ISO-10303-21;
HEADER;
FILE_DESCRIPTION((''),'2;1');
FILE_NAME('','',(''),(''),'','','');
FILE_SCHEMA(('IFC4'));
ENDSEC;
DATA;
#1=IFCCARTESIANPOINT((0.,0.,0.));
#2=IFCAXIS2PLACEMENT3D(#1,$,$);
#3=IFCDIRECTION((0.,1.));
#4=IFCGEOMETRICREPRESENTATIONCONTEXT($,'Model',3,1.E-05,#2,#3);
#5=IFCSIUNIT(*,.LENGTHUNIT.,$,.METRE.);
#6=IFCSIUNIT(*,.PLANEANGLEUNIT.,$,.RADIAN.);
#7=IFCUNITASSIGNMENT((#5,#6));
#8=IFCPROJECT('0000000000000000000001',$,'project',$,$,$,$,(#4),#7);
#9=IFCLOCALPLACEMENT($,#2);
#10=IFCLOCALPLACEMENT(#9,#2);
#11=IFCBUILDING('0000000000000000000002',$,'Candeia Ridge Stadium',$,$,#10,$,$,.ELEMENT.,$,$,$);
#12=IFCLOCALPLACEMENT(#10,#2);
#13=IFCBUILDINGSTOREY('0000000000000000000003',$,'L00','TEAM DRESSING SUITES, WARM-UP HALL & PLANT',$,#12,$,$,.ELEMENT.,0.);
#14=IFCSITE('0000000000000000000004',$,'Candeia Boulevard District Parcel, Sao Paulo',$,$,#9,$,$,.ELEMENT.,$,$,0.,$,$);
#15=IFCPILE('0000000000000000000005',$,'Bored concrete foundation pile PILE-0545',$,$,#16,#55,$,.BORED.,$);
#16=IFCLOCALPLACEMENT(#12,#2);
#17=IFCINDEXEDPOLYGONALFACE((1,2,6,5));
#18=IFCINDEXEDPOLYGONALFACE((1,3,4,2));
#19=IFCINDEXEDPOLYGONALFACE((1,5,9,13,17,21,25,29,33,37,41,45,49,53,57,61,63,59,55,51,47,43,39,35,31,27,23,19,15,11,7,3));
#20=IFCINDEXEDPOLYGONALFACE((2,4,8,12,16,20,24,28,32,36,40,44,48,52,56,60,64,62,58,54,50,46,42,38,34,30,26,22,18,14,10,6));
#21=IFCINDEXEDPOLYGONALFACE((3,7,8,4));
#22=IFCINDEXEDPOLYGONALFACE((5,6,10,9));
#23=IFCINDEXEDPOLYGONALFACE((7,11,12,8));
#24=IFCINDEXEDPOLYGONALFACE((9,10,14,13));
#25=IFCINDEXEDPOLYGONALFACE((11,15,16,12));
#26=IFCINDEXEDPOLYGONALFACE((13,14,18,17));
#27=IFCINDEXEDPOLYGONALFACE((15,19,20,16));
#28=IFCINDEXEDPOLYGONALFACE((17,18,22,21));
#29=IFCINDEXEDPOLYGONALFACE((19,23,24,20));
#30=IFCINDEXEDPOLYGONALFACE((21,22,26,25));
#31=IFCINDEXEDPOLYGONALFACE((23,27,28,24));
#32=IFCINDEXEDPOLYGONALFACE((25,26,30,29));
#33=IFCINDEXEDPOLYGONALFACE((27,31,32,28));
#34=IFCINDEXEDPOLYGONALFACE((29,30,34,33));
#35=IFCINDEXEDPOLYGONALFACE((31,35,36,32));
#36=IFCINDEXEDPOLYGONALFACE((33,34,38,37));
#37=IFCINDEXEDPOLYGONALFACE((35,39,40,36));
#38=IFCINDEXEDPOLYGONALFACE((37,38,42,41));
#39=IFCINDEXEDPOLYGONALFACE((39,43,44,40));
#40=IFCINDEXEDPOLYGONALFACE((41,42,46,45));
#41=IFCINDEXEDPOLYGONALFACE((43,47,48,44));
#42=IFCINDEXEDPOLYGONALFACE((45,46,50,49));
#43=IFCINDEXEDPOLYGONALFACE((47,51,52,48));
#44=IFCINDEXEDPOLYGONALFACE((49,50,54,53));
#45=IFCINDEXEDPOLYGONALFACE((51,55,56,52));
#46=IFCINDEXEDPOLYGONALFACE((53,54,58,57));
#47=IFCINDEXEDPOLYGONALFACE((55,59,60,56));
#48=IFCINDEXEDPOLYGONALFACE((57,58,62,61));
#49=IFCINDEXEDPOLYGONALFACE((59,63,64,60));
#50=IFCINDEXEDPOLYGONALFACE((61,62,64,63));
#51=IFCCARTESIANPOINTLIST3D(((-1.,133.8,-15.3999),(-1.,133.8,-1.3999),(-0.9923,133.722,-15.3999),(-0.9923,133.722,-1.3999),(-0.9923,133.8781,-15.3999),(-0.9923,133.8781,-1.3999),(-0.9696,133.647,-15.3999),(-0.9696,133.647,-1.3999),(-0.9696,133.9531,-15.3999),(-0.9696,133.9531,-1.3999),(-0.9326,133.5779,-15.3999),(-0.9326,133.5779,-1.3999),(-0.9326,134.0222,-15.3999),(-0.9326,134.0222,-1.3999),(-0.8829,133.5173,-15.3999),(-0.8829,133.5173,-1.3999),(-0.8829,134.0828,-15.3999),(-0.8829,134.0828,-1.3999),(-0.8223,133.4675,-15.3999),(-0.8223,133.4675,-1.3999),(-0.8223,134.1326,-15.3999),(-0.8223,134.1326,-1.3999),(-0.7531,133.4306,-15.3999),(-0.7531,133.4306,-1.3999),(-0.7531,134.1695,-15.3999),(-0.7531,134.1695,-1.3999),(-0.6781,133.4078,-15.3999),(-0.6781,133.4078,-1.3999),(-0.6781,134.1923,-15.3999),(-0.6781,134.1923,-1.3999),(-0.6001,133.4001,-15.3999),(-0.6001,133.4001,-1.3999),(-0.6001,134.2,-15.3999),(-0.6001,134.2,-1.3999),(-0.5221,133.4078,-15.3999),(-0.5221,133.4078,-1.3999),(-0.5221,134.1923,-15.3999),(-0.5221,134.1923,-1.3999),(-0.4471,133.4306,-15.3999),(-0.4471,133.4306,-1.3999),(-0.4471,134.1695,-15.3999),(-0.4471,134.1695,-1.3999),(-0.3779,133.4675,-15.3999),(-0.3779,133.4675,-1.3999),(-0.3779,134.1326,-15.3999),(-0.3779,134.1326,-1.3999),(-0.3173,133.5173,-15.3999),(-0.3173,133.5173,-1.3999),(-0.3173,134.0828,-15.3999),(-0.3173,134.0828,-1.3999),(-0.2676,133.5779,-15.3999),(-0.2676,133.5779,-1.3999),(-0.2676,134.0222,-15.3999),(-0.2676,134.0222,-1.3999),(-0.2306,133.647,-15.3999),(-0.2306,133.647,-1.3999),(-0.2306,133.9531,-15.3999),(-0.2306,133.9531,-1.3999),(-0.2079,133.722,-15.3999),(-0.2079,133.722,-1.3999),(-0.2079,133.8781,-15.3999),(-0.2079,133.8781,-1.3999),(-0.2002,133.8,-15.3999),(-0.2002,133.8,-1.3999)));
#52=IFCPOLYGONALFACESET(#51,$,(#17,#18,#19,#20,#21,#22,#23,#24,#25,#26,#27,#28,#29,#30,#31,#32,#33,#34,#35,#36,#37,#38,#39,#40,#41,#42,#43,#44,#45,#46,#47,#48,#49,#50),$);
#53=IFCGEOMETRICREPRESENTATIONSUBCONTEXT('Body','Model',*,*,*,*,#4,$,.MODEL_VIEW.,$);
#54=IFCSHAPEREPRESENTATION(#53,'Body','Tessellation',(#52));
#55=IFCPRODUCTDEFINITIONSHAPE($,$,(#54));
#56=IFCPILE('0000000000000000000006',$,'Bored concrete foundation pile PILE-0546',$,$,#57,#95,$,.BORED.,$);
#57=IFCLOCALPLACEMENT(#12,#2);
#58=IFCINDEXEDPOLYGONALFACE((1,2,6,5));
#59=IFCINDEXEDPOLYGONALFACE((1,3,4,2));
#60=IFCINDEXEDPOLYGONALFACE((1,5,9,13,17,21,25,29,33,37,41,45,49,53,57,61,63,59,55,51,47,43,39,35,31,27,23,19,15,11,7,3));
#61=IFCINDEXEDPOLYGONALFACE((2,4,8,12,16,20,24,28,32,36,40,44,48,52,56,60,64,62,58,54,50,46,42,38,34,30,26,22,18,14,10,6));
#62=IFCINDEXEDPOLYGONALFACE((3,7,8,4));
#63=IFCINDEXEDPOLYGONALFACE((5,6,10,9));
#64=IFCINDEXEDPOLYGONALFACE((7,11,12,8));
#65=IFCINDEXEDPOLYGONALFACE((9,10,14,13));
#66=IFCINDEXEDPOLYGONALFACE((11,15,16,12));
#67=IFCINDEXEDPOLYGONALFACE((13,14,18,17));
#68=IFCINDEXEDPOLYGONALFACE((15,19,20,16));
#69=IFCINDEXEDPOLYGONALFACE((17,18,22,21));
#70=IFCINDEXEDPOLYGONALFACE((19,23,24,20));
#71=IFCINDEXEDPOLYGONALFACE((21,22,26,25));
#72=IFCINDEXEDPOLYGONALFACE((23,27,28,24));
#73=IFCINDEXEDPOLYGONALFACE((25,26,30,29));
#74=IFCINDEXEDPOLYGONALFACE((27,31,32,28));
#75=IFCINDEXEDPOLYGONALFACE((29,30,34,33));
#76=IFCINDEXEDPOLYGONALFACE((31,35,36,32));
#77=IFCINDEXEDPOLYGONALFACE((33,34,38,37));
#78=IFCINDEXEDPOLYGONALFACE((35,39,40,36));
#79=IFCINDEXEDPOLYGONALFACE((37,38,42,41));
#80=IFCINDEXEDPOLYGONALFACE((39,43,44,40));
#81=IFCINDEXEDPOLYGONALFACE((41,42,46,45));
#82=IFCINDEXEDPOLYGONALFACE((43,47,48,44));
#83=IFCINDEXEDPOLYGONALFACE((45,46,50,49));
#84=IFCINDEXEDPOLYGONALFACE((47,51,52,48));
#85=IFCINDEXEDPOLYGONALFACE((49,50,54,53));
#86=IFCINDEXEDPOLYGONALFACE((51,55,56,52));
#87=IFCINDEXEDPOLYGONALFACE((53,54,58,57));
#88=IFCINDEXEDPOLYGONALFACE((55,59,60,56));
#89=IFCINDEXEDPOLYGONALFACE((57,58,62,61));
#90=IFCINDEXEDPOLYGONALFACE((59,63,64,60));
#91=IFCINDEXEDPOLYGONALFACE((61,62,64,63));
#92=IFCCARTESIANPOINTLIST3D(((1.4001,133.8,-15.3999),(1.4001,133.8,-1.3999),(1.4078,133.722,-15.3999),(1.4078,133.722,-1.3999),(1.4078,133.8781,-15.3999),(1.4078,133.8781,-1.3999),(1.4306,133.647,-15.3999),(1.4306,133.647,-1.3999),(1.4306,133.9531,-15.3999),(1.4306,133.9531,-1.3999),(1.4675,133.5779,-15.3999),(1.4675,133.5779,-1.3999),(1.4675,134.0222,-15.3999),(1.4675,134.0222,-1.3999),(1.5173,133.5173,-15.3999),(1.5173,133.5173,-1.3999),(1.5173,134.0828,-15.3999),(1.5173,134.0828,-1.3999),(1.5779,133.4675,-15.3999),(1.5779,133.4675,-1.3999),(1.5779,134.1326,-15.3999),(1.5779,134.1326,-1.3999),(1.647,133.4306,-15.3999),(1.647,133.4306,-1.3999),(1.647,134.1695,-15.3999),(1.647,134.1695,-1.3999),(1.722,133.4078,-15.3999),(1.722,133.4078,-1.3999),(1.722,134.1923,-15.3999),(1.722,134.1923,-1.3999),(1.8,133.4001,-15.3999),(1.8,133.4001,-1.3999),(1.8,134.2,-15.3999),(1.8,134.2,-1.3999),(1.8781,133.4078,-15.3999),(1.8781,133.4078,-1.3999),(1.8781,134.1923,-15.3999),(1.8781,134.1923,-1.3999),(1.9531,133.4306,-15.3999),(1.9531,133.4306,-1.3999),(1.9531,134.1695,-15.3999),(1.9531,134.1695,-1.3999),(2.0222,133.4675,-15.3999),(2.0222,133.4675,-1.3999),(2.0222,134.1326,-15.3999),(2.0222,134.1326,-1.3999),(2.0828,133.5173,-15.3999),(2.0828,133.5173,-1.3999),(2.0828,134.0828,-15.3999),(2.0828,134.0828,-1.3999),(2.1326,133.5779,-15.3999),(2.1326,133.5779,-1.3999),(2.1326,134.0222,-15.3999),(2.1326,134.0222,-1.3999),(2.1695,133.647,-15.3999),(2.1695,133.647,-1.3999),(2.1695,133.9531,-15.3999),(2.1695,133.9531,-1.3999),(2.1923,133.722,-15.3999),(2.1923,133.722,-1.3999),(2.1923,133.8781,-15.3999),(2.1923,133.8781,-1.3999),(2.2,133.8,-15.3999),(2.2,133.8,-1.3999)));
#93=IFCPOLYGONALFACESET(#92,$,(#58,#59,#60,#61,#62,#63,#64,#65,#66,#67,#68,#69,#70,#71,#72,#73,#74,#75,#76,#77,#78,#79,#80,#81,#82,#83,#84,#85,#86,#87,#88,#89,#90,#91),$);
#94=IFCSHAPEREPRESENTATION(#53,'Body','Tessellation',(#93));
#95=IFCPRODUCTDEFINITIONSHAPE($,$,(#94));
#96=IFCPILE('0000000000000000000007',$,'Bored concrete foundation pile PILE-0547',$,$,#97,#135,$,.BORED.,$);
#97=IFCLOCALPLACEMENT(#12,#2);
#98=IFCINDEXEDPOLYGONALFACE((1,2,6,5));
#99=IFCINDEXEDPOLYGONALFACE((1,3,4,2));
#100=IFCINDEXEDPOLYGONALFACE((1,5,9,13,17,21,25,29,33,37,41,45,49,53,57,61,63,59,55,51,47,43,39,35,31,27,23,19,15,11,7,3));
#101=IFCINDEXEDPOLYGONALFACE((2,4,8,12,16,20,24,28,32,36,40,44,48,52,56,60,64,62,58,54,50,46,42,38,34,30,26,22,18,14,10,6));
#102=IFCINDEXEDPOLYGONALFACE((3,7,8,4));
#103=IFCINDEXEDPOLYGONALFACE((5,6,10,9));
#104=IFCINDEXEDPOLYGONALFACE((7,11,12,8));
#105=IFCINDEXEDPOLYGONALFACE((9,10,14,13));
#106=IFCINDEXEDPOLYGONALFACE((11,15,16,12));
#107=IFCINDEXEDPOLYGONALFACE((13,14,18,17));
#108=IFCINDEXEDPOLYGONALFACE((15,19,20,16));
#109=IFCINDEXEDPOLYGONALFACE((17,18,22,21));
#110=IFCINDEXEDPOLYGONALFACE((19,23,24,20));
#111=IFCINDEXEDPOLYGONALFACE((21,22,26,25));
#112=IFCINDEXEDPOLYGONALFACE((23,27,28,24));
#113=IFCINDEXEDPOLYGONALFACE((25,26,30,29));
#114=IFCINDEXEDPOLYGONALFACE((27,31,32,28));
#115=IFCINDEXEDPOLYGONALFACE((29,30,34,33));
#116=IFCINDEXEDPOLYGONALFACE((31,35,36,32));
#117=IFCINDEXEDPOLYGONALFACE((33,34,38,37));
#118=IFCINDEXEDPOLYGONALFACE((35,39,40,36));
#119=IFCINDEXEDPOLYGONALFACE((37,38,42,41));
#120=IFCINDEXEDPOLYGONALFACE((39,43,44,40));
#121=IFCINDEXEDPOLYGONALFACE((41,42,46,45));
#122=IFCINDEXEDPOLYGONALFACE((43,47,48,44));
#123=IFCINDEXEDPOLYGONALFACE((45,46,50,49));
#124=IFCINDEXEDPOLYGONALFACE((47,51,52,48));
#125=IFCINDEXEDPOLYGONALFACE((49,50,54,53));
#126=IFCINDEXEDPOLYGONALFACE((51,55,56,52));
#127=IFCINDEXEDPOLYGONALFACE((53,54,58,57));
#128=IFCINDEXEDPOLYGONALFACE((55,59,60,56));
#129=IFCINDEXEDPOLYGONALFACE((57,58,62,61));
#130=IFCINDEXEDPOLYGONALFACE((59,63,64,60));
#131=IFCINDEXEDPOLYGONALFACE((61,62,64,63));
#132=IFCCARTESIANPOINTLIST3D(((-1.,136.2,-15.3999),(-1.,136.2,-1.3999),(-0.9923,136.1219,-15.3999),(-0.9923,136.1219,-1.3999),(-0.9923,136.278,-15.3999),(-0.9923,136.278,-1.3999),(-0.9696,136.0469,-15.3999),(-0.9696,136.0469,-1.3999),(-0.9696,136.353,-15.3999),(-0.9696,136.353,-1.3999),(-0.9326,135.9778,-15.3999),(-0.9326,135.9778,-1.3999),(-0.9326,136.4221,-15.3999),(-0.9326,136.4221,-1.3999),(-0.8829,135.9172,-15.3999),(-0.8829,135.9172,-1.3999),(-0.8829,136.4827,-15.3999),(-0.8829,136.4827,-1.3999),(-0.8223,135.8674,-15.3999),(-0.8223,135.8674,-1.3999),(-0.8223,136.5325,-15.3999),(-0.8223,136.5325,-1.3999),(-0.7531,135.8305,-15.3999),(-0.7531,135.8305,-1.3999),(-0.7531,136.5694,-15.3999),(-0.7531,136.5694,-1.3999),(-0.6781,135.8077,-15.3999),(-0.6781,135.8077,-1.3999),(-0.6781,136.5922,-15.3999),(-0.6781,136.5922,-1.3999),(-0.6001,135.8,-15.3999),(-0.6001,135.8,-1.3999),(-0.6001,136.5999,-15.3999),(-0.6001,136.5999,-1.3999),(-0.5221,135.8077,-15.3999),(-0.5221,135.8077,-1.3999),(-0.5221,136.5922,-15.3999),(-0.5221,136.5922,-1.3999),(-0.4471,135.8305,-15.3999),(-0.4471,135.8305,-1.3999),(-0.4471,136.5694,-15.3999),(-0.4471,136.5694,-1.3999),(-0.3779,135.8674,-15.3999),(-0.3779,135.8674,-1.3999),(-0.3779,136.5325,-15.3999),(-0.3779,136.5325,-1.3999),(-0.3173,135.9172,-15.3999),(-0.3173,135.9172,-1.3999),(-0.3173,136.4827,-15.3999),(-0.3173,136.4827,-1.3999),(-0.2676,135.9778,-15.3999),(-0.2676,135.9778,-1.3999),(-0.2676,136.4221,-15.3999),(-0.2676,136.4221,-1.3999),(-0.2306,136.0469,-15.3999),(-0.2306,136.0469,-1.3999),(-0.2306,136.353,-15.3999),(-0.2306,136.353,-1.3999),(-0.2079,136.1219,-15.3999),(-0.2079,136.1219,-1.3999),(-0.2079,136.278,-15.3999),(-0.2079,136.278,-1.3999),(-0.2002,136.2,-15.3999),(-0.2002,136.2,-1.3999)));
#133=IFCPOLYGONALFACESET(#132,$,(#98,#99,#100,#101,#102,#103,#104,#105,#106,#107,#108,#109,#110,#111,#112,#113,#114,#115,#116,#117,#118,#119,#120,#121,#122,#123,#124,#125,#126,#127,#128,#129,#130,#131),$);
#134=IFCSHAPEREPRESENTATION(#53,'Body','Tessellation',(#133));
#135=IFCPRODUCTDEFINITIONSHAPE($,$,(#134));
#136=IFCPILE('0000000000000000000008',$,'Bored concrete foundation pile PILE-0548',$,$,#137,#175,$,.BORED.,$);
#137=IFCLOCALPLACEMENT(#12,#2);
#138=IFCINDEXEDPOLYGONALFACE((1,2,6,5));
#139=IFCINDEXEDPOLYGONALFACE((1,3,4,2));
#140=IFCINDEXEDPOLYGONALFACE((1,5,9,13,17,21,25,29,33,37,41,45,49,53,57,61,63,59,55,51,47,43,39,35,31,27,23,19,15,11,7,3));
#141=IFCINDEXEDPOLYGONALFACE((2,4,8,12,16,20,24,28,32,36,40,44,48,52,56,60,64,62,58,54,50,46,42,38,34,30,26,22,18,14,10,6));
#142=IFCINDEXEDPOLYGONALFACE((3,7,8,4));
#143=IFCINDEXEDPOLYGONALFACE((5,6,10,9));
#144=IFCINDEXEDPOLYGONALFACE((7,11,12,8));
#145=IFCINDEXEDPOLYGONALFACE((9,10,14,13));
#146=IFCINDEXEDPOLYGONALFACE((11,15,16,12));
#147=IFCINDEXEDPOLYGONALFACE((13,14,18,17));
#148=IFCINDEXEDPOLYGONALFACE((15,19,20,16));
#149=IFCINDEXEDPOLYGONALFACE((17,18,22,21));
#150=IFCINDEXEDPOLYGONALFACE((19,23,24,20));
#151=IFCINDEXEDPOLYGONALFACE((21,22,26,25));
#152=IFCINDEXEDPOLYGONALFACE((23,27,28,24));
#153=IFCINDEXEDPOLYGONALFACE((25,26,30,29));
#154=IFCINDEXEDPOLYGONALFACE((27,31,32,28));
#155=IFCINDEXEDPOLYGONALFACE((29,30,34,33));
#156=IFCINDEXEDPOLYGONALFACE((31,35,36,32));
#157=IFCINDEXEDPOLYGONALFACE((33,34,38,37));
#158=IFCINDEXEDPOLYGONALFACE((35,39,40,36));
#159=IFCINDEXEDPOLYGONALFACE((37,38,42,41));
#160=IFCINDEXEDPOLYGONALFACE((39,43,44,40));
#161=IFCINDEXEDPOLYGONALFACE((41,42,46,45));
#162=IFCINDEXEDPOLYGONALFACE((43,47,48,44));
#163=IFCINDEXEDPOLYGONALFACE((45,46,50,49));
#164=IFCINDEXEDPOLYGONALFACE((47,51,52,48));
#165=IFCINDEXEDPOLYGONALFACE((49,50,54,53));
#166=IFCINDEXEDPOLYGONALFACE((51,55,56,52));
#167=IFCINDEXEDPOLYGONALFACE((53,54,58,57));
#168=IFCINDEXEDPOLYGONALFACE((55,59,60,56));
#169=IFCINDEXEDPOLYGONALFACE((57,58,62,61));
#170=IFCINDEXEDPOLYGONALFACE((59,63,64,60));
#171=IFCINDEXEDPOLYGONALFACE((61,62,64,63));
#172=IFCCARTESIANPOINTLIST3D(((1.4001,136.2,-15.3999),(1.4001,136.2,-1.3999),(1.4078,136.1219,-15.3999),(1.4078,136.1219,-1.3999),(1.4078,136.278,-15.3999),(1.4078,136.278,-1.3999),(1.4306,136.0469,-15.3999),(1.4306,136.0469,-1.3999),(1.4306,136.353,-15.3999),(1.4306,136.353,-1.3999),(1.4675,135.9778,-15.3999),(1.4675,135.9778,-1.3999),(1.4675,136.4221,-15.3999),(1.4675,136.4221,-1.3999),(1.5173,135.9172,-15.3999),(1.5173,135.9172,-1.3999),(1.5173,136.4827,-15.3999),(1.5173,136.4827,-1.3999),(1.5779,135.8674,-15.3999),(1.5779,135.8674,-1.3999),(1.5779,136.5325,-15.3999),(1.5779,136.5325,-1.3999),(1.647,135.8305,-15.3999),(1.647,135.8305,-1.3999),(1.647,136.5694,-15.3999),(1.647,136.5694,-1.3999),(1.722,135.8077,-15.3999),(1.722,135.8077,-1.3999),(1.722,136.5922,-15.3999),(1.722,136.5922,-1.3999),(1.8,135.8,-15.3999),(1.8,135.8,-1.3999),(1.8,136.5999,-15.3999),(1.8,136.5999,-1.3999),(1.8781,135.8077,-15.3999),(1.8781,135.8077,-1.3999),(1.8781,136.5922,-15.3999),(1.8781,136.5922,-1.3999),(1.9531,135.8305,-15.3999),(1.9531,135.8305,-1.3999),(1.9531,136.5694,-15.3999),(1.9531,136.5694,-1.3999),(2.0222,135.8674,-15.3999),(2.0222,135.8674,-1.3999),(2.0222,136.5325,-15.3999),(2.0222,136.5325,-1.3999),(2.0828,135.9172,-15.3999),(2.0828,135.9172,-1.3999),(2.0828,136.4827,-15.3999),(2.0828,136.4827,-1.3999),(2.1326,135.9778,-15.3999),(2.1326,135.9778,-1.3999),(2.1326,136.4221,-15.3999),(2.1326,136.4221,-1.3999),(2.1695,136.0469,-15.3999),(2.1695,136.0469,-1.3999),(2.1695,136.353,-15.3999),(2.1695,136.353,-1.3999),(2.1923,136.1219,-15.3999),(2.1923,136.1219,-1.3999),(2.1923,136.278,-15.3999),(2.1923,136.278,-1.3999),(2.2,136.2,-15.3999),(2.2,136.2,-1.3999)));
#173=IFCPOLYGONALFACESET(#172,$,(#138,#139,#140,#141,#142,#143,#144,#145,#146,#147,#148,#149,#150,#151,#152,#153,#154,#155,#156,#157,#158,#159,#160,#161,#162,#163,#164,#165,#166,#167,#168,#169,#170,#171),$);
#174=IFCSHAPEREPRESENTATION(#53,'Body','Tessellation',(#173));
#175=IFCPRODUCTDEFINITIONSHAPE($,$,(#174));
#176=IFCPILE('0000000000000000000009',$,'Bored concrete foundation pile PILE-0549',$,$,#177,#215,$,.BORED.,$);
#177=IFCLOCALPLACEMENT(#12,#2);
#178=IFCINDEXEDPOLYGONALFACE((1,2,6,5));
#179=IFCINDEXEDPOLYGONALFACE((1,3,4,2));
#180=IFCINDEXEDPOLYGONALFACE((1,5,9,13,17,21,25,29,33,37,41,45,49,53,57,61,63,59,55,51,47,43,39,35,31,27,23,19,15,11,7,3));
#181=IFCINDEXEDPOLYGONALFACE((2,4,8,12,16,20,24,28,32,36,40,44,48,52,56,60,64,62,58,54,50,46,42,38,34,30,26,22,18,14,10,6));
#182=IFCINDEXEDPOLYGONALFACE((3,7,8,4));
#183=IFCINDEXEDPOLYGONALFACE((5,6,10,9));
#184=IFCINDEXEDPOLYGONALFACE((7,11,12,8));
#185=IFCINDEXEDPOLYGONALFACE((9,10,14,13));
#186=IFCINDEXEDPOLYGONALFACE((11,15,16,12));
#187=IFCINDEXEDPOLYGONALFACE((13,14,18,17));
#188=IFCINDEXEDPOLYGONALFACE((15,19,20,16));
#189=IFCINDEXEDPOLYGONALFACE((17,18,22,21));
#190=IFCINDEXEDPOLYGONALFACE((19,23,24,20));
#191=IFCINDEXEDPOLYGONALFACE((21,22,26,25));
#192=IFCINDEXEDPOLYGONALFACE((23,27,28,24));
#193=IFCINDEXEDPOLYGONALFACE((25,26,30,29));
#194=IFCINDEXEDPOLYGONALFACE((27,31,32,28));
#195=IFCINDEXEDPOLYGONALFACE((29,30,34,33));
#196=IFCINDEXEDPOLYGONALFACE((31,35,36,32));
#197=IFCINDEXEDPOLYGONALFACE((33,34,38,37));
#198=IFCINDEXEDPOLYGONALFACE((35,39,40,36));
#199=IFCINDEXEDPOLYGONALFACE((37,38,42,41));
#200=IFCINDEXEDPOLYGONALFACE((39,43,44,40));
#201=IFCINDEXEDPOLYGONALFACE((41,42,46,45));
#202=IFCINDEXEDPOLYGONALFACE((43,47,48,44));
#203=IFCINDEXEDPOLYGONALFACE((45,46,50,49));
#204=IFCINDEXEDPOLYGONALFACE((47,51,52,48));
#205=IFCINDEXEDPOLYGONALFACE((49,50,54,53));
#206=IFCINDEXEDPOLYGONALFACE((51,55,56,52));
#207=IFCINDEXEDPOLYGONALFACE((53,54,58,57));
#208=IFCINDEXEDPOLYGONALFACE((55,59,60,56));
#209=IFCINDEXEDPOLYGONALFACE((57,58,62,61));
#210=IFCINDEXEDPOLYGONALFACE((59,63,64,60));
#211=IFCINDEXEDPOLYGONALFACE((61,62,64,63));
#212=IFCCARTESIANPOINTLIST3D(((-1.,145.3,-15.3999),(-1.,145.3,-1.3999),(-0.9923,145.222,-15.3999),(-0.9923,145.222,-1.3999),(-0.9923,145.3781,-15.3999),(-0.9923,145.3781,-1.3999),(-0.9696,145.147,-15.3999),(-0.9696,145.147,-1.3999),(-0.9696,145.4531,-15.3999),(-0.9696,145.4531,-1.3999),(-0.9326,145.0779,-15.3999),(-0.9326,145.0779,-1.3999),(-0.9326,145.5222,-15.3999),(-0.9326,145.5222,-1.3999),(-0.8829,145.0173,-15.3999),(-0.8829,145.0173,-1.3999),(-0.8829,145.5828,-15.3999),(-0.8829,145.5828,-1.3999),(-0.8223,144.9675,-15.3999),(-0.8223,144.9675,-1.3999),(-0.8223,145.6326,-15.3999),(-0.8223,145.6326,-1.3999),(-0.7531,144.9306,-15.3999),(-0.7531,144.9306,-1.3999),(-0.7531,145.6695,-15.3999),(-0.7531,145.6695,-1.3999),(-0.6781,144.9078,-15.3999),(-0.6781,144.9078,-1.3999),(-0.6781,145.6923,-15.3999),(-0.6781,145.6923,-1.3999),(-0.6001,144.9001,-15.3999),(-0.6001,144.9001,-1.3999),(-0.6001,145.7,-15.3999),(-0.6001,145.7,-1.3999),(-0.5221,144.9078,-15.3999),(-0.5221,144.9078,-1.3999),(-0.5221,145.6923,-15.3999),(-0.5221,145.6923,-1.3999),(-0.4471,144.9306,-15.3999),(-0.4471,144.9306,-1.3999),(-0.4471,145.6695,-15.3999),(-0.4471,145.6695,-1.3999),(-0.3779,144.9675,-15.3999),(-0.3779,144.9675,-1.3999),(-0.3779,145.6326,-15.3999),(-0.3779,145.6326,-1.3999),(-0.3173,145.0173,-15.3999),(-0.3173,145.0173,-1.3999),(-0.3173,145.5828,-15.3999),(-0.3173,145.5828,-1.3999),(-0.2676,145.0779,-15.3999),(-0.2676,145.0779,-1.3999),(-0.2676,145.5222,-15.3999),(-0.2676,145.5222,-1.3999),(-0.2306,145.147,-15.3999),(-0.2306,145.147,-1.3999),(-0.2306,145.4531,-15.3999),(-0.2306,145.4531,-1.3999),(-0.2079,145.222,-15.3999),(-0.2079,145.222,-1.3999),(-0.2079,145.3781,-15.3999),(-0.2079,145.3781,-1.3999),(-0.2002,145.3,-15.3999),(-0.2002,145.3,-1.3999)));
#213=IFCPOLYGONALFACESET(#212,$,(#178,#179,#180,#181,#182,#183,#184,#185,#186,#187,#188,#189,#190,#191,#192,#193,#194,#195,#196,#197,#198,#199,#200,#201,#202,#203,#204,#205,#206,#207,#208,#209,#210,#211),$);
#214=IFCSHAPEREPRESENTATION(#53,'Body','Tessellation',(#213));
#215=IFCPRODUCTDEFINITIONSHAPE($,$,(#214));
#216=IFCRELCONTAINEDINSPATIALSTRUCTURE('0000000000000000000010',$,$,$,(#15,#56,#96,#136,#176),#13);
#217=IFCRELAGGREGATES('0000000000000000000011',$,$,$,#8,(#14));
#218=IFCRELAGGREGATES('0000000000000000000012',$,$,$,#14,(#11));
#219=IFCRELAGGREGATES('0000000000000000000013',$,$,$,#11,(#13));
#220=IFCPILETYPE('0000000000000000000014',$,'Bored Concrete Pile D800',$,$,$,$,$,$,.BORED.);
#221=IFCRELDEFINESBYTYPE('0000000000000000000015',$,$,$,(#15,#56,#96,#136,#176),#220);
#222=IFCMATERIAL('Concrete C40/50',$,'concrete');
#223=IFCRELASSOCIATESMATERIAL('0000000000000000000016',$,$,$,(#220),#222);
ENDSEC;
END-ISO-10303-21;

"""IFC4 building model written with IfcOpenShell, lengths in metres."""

from ifc_helpers import new_model, si_unit, direction, frame, origin, origin_2d, place, context, subcontext, project, spatial, circle, extrude, material, material_profile, profile_set, type_object, element, save


model = new_model("IFC4")

# Units and contexts
model_context = context("Model", 3, precision=1e-05, world=origin(), true_north=direction((0.0, 1.0)))
body_context = subcontext(model_context, "Body", "Model", "MODEL_VIEW")
ifc_project = project(units=[si_unit("LENGTHUNIT", "METRE"), si_unit("PLANEANGLEUNIT", "RADIAN")], contexts=[model_context])

# Site, building, storey
site_placement = place(None, origin())
site = spatial("IfcSite", under=ifc_project, at=site_placement, Name="Candeia Boulevard District Parcel, Sao Paulo", CompositionType="ELEMENT", RefElevation=0.0)
building_placement = place(site_placement, origin())
building = spatial("IfcBuilding", under=site, at=building_placement, Name="Candeia Ridge Stadium", CompositionType="ELEMENT")
storey_placement = place(building_placement, origin())
storey = spatial("IfcBuildingStorey", under=building, at=storey_placement, Name="L00", Description="TEAM DRESSING SUITES, WARM-UP HALL & PLANT", CompositionType="ELEMENT", Elevation=0.0)

# Piles
ifc_material_1 = material(Name="Concrete C40/50", Category="concrete")
ifc_material_profile_1 = material_profile(ifc_material_1, circle(Radius=0.3999, at=origin_2d()), Name="PILE-D800", Category="concrete")
ifc_profile_set_1 = profile_set([ifc_material_profile_1], Name="Concrete C40/50")
pile_type = type_object("IfcPileType", Name="Bored Concrete Pile D800", PredefinedType="BORED", material=ifc_profile_set_1)
for number, where, z_axis, x_axis, name in (
    (1, (-0.6001, 133.8, -1.3999), (0.0, 0.0, -1.0), (1.0, 0.0, 0.0), "Bored concrete foundation pile PILE-0545"),
    (2, (1.8, 133.8, -1.3999), (0.0, 0.0, -1.0), (1.0, 0.0, 0.0), "Bored concrete foundation pile PILE-0546"),
    (3, (-0.6001, 136.2, -1.3999), (0.0, 0.0, -1.0), (1.0, 0.0, 0.0), "Bored concrete foundation pile PILE-0547"),
    (4, (1.8, 136.2, -1.3999), (0.0, 0.0, -1.0), (1.0, 0.0, 0.0), "Bored concrete foundation pile PILE-0548"),
    (5, (-0.6001, 145.3, -1.3999), (0.0, 0.0, -1.0), (1.0, 0.0, 0.0), "Bored concrete foundation pile PILE-0549"),
):
    element("IfcPile", number, at=place(storey_placement, frame(where, z_axis=z_axis, x_axis=x_axis)), inside=storey, type_object=pile_type, Name=name, PredefinedType="BORED", context=body_context, shape_type="SweptSolid", body=[
        extrude(circle(Radius=0.3999, at=origin_2d()), origin(), (0.0, 0.0, 1.0), 14.0),
    ])

save(model, "model.ifc")
